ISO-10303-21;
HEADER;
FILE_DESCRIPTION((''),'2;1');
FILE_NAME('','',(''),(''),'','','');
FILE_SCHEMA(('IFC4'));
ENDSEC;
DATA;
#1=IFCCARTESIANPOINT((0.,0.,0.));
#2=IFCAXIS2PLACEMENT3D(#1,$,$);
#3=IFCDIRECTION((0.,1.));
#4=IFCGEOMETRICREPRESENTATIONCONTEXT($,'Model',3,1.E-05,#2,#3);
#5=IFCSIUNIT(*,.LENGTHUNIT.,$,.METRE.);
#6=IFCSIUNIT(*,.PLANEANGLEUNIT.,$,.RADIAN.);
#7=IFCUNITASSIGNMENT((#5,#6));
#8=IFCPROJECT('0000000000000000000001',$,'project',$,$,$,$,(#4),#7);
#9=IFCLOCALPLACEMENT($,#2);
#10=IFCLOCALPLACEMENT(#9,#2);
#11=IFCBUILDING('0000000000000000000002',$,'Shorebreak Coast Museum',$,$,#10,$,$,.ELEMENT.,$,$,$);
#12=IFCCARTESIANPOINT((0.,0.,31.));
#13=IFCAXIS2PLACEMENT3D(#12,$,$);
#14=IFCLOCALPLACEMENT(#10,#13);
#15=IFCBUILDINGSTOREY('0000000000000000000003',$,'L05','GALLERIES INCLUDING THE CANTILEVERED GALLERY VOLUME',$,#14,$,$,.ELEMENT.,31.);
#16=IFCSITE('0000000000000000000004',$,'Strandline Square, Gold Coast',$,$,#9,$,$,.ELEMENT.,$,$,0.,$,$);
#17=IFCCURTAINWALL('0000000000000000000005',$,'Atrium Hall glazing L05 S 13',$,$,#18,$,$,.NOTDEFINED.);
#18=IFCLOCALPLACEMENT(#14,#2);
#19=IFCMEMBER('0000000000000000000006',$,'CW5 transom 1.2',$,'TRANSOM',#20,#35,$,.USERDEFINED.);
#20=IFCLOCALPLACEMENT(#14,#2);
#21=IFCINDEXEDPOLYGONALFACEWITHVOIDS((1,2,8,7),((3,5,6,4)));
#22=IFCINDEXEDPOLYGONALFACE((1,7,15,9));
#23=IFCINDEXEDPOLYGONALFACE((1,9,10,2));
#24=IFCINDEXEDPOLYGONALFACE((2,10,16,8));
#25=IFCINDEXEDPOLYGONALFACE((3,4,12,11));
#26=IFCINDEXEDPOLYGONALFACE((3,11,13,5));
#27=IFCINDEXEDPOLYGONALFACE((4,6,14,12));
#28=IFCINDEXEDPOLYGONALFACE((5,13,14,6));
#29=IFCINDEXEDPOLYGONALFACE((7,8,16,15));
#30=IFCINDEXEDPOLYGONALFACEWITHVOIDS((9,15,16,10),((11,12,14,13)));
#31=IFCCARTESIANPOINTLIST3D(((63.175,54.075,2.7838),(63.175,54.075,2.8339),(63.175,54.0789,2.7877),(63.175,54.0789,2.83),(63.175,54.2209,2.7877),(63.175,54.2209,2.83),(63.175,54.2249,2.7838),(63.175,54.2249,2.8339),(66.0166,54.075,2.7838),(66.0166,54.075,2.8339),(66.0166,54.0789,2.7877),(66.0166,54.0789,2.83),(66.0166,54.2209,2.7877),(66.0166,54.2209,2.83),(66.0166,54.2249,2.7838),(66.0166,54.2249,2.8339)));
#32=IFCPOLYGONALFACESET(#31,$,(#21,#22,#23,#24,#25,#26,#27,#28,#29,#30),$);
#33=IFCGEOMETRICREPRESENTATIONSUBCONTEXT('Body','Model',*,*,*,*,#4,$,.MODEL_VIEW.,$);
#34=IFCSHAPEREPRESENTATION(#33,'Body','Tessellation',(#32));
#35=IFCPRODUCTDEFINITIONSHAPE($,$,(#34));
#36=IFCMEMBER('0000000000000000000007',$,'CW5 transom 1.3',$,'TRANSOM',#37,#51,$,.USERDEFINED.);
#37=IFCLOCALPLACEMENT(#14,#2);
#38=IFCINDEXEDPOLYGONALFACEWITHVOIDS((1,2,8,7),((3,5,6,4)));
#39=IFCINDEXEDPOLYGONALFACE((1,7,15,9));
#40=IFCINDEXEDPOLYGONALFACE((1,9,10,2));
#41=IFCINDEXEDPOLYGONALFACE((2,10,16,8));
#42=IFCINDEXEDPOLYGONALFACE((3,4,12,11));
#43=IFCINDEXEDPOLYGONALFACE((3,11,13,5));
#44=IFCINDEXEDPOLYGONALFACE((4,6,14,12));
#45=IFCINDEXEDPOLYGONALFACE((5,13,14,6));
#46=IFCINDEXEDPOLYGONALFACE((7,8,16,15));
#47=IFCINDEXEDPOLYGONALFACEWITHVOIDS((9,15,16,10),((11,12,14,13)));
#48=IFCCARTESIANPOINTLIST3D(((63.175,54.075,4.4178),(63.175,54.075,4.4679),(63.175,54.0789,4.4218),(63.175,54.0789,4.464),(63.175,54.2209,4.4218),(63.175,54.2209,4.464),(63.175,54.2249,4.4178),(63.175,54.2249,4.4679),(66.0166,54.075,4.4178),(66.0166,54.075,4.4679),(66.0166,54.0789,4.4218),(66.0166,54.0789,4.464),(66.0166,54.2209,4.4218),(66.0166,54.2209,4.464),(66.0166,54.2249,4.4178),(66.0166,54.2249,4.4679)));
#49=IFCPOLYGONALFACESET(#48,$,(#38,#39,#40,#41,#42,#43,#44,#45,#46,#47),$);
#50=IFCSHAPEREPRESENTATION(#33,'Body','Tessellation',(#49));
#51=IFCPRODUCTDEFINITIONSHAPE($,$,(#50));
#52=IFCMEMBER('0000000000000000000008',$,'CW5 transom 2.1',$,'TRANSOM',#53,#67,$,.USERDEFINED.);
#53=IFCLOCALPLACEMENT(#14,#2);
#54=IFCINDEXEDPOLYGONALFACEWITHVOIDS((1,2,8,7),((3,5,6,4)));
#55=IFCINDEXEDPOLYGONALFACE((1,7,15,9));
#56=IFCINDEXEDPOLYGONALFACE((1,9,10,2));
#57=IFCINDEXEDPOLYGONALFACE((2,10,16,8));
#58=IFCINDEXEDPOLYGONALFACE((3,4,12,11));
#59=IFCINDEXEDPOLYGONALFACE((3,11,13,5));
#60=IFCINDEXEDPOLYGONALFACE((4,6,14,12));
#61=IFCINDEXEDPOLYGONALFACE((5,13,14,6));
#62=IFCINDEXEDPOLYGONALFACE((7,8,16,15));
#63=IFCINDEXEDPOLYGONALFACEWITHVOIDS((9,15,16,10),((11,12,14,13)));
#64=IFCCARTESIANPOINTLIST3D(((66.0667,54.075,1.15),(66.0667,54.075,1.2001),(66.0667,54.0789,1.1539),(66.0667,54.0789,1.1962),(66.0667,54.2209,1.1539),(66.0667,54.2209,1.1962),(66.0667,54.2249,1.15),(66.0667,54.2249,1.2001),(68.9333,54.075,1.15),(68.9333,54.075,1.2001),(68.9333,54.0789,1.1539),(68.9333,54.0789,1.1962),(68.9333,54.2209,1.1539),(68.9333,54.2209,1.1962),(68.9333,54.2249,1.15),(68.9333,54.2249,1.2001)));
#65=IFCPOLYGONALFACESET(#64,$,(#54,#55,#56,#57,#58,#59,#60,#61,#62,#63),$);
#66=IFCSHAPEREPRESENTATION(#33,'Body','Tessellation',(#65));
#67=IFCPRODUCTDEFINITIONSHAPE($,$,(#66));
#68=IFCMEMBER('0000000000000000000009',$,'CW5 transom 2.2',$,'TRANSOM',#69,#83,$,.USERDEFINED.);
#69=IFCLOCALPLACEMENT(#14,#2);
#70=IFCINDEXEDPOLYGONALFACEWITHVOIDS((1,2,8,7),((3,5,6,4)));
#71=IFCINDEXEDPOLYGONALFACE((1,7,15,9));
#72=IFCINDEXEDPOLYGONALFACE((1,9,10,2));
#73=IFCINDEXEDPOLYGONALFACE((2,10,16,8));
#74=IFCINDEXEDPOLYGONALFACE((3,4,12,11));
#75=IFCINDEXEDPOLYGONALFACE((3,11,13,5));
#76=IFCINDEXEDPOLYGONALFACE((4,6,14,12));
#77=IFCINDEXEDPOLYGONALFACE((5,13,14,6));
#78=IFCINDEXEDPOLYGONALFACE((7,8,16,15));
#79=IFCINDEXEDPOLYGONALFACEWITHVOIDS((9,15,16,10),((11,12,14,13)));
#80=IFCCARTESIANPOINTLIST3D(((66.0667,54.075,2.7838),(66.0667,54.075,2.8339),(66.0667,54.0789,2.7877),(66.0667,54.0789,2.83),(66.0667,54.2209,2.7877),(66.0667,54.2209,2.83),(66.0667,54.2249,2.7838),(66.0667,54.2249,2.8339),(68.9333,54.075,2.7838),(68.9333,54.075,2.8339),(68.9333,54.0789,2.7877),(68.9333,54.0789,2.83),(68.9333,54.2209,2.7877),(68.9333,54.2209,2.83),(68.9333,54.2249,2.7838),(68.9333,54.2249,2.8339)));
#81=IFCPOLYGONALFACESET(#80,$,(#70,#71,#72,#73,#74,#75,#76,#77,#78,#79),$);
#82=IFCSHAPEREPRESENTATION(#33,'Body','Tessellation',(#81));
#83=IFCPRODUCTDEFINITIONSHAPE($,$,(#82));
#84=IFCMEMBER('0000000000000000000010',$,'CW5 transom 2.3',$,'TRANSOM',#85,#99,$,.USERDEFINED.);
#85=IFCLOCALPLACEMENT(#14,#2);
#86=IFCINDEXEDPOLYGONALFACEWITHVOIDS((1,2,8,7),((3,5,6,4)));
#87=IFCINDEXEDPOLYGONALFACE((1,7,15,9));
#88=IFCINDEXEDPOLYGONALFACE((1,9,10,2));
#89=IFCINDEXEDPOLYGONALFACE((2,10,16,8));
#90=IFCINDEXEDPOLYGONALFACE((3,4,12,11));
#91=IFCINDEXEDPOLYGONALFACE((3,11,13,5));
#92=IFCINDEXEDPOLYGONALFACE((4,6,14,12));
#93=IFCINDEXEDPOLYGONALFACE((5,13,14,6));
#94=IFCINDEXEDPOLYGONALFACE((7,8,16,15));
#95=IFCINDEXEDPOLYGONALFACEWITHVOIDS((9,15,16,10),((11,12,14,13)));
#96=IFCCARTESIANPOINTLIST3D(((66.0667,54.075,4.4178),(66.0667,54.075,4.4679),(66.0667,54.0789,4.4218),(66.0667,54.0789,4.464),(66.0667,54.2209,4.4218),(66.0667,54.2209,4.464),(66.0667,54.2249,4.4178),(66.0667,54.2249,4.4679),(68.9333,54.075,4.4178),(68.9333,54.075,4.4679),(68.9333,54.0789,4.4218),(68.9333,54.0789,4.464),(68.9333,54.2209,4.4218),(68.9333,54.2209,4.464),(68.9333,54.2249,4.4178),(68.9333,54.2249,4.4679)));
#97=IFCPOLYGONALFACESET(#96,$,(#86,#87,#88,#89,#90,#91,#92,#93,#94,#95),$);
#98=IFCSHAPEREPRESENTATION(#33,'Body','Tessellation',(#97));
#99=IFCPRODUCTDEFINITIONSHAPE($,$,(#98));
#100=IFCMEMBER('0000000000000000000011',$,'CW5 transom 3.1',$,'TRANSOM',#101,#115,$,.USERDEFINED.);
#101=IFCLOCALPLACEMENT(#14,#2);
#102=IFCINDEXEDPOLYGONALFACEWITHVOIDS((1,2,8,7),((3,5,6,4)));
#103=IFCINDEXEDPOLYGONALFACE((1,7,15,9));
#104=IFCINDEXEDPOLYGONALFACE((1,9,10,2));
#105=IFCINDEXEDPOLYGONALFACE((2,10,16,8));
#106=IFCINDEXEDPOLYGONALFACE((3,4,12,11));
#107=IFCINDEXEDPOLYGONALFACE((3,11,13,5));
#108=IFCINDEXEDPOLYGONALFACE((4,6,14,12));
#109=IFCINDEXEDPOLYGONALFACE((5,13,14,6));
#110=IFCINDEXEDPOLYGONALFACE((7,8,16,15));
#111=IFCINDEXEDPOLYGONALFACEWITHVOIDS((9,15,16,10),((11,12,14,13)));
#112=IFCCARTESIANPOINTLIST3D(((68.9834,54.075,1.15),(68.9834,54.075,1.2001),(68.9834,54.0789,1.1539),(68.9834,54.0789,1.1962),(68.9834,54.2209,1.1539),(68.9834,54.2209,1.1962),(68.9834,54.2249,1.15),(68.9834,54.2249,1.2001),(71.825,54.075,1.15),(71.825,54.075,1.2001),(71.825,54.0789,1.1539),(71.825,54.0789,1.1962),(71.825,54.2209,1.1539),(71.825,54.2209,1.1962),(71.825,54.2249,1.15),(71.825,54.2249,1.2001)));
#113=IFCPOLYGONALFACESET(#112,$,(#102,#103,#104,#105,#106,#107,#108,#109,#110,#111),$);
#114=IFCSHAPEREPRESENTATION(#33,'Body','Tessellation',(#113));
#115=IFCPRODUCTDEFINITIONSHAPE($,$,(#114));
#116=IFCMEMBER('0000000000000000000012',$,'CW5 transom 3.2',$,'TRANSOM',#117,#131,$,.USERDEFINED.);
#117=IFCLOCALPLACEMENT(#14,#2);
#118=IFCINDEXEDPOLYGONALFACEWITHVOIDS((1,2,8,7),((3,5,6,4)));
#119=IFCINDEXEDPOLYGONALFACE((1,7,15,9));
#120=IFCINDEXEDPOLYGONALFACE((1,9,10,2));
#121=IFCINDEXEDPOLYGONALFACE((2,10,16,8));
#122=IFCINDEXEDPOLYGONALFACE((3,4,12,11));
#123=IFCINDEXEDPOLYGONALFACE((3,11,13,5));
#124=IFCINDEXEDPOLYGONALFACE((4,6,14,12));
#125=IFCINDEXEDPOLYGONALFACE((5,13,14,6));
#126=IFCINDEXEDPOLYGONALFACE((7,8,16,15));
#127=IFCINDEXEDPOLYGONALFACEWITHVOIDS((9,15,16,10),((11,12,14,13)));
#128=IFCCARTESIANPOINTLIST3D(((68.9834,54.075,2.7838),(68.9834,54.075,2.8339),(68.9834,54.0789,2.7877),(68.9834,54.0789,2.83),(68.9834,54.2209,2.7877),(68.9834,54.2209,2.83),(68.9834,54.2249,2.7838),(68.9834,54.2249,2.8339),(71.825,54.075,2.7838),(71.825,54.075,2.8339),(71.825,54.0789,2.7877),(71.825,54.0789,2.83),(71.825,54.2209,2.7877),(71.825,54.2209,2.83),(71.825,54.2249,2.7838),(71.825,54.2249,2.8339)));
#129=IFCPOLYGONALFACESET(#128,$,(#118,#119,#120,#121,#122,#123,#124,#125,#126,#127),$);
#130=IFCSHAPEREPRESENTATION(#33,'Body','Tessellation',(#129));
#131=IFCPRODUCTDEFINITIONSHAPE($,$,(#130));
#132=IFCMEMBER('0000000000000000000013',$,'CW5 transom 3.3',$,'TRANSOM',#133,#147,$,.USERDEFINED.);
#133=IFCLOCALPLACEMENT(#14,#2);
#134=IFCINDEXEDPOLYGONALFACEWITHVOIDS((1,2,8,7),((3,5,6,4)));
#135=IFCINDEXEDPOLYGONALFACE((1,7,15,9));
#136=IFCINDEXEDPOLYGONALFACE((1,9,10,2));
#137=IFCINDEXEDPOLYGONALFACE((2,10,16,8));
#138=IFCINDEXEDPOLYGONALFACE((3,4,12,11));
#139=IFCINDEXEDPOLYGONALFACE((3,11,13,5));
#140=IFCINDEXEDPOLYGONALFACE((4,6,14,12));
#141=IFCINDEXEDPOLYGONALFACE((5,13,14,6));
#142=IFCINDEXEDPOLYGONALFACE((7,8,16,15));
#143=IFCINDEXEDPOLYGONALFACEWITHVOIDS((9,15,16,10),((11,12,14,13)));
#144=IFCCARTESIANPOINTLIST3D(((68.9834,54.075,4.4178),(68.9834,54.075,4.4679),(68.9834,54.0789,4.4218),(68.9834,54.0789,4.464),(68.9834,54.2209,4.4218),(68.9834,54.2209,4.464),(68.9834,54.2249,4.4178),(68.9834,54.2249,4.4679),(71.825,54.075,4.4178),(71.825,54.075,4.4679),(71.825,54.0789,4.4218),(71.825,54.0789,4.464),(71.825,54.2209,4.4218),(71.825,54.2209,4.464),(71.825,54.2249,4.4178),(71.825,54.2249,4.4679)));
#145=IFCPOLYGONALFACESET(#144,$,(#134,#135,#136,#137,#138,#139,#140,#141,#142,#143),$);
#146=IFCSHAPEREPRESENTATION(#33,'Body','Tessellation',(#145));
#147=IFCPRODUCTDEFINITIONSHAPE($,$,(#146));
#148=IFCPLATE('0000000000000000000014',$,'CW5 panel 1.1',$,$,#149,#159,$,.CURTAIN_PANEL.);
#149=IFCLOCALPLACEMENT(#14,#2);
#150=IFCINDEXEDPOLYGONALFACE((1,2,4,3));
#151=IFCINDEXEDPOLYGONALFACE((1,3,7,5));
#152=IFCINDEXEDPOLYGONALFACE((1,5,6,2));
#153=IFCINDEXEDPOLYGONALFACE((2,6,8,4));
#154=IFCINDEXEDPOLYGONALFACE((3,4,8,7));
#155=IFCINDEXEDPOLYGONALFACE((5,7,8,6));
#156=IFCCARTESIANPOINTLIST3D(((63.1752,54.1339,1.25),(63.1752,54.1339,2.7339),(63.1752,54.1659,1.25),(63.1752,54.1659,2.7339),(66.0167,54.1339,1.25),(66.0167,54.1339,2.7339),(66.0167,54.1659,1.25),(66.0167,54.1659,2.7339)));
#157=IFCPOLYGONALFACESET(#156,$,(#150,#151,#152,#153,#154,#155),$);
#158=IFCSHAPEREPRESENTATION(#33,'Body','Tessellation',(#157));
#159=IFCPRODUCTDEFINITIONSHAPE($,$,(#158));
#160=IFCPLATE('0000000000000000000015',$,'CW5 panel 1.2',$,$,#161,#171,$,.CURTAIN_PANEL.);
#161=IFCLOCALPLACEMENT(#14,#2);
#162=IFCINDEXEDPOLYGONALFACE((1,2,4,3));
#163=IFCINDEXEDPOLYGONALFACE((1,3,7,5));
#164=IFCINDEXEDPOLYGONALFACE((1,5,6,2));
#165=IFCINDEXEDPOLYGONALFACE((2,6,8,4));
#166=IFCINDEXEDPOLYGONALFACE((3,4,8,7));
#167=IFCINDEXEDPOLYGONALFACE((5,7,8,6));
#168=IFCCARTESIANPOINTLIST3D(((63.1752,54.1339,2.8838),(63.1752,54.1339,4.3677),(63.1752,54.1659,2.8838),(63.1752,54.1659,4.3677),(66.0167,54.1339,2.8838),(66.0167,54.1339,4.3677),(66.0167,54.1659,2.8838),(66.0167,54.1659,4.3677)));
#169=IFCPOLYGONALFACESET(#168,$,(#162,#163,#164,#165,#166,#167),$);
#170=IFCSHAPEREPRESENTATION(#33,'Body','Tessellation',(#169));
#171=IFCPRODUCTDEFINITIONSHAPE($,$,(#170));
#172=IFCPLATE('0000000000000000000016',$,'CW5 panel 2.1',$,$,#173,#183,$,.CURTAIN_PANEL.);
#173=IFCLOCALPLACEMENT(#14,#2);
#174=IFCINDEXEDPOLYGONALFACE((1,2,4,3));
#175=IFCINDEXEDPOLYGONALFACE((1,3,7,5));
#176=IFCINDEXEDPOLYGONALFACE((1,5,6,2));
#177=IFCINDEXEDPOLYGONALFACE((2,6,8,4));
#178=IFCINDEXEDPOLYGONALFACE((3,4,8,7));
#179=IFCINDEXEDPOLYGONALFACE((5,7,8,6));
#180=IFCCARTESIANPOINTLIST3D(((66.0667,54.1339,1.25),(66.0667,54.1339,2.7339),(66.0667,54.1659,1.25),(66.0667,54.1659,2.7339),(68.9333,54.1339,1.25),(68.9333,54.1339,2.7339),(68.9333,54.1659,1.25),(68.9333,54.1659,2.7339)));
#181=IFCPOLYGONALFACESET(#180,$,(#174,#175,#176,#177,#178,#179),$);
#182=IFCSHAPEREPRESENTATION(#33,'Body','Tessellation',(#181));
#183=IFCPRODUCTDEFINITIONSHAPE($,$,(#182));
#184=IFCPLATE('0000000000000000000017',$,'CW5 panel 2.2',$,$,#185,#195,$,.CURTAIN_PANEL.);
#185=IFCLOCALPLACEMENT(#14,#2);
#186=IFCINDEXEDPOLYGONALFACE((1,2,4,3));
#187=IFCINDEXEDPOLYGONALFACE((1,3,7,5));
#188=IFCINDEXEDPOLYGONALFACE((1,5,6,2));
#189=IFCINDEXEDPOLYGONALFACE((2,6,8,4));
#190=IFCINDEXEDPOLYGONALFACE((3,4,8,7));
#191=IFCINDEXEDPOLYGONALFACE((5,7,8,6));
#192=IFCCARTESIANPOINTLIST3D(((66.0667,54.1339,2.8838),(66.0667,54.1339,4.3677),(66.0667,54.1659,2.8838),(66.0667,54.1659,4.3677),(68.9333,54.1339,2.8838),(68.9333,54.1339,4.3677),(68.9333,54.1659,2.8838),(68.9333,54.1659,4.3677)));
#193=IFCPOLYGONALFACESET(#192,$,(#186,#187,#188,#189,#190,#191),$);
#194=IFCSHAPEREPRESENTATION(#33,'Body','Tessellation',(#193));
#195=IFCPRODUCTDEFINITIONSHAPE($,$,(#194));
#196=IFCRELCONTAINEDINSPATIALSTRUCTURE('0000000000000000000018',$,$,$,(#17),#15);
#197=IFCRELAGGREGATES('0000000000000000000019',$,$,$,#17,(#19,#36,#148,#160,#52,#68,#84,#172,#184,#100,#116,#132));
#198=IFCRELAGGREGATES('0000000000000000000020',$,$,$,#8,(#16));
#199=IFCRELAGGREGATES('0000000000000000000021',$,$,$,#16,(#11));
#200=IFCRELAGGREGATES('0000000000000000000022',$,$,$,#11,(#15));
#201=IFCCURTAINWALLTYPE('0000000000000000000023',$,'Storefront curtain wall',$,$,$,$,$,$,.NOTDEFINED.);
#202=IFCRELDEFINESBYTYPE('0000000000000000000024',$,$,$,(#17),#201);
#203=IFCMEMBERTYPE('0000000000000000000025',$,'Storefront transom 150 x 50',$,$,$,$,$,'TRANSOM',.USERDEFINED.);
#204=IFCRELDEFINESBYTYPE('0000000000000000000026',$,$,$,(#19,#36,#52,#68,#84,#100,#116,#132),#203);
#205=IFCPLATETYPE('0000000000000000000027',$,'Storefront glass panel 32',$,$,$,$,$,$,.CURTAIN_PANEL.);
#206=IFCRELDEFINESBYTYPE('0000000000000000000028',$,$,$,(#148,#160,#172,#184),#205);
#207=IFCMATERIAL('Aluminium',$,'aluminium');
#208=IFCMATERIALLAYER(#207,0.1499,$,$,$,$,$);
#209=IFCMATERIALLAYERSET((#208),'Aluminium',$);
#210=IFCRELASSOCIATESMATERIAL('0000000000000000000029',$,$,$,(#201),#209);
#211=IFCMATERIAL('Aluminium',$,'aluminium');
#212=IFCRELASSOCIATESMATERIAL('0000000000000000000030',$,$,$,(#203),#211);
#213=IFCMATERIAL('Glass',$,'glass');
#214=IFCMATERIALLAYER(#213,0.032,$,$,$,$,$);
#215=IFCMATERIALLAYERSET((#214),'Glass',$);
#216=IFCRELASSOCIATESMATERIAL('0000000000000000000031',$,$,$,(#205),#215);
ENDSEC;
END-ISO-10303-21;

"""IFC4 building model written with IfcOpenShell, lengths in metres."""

from ifc_helpers import new_model, si_unit, direction, frame, origin, origin_2d, place, context, subcontext, project, spatial, rectangle, hollow_rectangle, extrude, material, layer, layer_set, material_profile, profile_set, type_object, element, aggregate, save


model = new_model("IFC4")

# Units and contexts
model_context = context("Model", 3, precision=1e-05, world=origin(), true_north=direction((0.0, 1.0)))
body_context = subcontext(model_context, "Body", "Model", "MODEL_VIEW")
ifc_project = project(units=[si_unit("LENGTHUNIT", "METRE"), si_unit("PLANEANGLEUNIT", "RADIAN")], contexts=[model_context])

# Site, building, storey
site_placement = place(None, origin())
site = spatial("IfcSite", under=ifc_project, at=site_placement, Name="Strandline Square, Gold Coast", CompositionType="ELEMENT", RefElevation=0.0)
building_placement = place(site_placement, origin())
building = spatial("IfcBuilding", under=site, at=building_placement, Name="Shorebreak Coast Museum", CompositionType="ELEMENT")
storey_placement = place(building_placement, frame((0.0, 0.0, 31.0)))
storey = spatial("IfcBuildingStorey", under=building, at=storey_placement, Name="L05", Description="GALLERIES INCLUDING THE CANTILEVERED GALLERY VOLUME", CompositionType="ELEMENT", Elevation=31.0)

# Curtain wall, members, plates
ifc_material_1 = material(Name="Aluminium", Category="aluminium")
ifc_layer_1 = layer(ifc_material_1, 0.1499)
ifc_layer_set_1 = layer_set([ifc_layer_1], Name="Aluminium")
curtain_wall_type = type_object("IfcCurtainWallType", Name="Storefront curtain wall", PredefinedType="NOTDEFINED", material=ifc_layer_set_1)
curtain_wall_placement = place(storey_placement, origin())
curtain_wall = element("IfcCurtainWall", 1, at=curtain_wall_placement, inside=storey, type_object=curtain_wall_type, Name="Atrium Hall glazing L05 S 13", PredefinedType="NOTDEFINED")
ifc_material_2 = material(Name="Aluminium", Category="aluminium")
ifc_material_profile_1 = material_profile(ifc_material_2, hollow_rectangle(XDim=0.1499, YDim=0.05, WallThickness=0.0039, at=origin_2d()), Name="AL 50x150 RHS")
ifc_profile_set_1 = profile_set([ifc_material_profile_1], Name="Aluminium")
member_type_1 = type_object("IfcMemberType", Name="Storefront transom 150 x 50", ElementType="TRANSOM", PredefinedType="USERDEFINED", material=ifc_profile_set_1)
member_1_placement = place(storey_placement, frame((63.175, 54.1499, 2.8088), z_axis=(1.0, 0.0, 0.0), x_axis=(0.0, 1.0, 0.0)))
member_1 = element("IfcMember", 2, at=member_1_placement, type_object=member_type_1, Name="CW5 transom 1.2", ObjectType="TRANSOM", PredefinedType="USERDEFINED", context=body_context, shape_type="SweptSolid", body=[
    extrude(hollow_rectangle(XDim=0.1499, YDim=0.05, WallThickness=0.0039, at=origin_2d()), origin(), (0.0, 0.0, 1.0), 2.8416),
])
member_2_placement = place(storey_placement, frame((63.175, 54.1499, 4.4429), z_axis=(1.0, 0.0, 0.0), x_axis=(0.0, 1.0, 0.0)))
member_2 = element("IfcMember", 3, at=member_2_placement, type_object=member_type_1, Name="CW5 transom 1.3", ObjectType="TRANSOM", PredefinedType="USERDEFINED", context=body_context, shape_type="SweptSolid", body=[
    extrude(hollow_rectangle(XDim=0.1499, YDim=0.05, WallThickness=0.0039, at=origin_2d()), origin(), (0.0, 0.0, 1.0), 2.8416),
])
member_3_placement = place(storey_placement, frame((66.0667, 54.1499, 1.175), z_axis=(1.0, 0.0, 0.0), x_axis=(0.0, 1.0, 0.0)))
member_3 = element("IfcMember", 4, at=member_3_placement, type_object=member_type_1, Name="CW5 transom 2.1", ObjectType="TRANSOM", PredefinedType="USERDEFINED", context=body_context, shape_type="SweptSolid", body=[
    extrude(hollow_rectangle(XDim=0.1499, YDim=0.05, WallThickness=0.0039, at=origin_2d()), origin(), (0.0, 0.0, 1.0), 2.8667),
])
member_4_placement = place(storey_placement, frame((66.0667, 54.1499, 2.8088), z_axis=(1.0, 0.0, 0.0), x_axis=(0.0, 1.0, 0.0)))
member_4 = element("IfcMember", 5, at=member_4_placement, type_object=member_type_1, Name="CW5 transom 2.2", ObjectType="TRANSOM", PredefinedType="USERDEFINED", context=body_context, shape_type="SweptSolid", body=[
    extrude(hollow_rectangle(XDim=0.1499, YDim=0.05, WallThickness=0.0039, at=origin_2d()), origin(), (0.0, 0.0, 1.0), 2.8667),
])
member_5_placement = place(storey_placement, frame((66.0667, 54.1499, 4.4429), z_axis=(1.0, 0.0, 0.0), x_axis=(0.0, 1.0, 0.0)))
member_5 = element("IfcMember", 6, at=member_5_placement, type_object=member_type_1, Name="CW5 transom 2.3", ObjectType="TRANSOM", PredefinedType="USERDEFINED", context=body_context, shape_type="SweptSolid", body=[
    extrude(hollow_rectangle(XDim=0.1499, YDim=0.05, WallThickness=0.0039, at=origin_2d()), origin(), (0.0, 0.0, 1.0), 2.8667),
])
member_6_placement = place(storey_placement, frame((68.9834, 54.1499, 1.175), z_axis=(1.0, 0.0, 0.0), x_axis=(0.0, 1.0, 0.0)))
member_6 = element("IfcMember", 7, at=member_6_placement, type_object=member_type_1, Name="CW5 transom 3.1", ObjectType="TRANSOM", PredefinedType="USERDEFINED", context=body_context, shape_type="SweptSolid", body=[
    extrude(hollow_rectangle(XDim=0.1499, YDim=0.05, WallThickness=0.0039, at=origin_2d()), origin(), (0.0, 0.0, 1.0), 2.8416),
])
member_7_placement = place(storey_placement, frame((68.9834, 54.1499, 2.8088), z_axis=(1.0, 0.0, 0.0), x_axis=(0.0, 1.0, 0.0)))
member_7 = element("IfcMember", 8, at=member_7_placement, type_object=member_type_1, Name="CW5 transom 3.2", ObjectType="TRANSOM", PredefinedType="USERDEFINED", context=body_context, shape_type="SweptSolid", body=[
    extrude(hollow_rectangle(XDim=0.1499, YDim=0.05, WallThickness=0.0039, at=origin_2d()), origin(), (0.0, 0.0, 1.0), 2.8416),
])
member_8_placement = place(storey_placement, frame((68.9834, 54.1499, 4.4429), z_axis=(1.0, 0.0, 0.0), x_axis=(0.0, 1.0, 0.0)))
member_8 = element("IfcMember", 9, at=member_8_placement, type_object=member_type_1, Name="CW5 transom 3.3", ObjectType="TRANSOM", PredefinedType="USERDEFINED", context=body_context, shape_type="SweptSolid", body=[
    extrude(hollow_rectangle(XDim=0.1499, YDim=0.05, WallThickness=0.0039, at=origin_2d()), origin(), (0.0, 0.0, 1.0), 2.8416),
])
ifc_material_3 = material(Name="Glass", Category="glass")
ifc_layer_2 = layer(ifc_material_3, 0.032)
ifc_layer_set_2 = layer_set([ifc_layer_2], Name="Glass")
plate_type = type_object("IfcPlateType", Name="Storefront glass panel 32", PredefinedType="CURTAIN_PANEL", material=ifc_layer_set_2)
plate_1_placement = place(storey_placement, frame((64.5959, 54.1499, 1.25), z_axis=(0.0, 0.0, 1.0), x_axis=(1.0, 0.0, 0.0)))
plate_1 = element("IfcPlate", 10, at=plate_1_placement, type_object=plate_type, Name="CW5 panel 1.1", PredefinedType="CURTAIN_PANEL", context=body_context, shape_type="SweptSolid", body=[
    extrude(rectangle(XDim=2.8416, YDim=0.032, at=origin_2d()), origin(), (0.0, 0.0, 1.0), 1.4839),
])
plate_2_placement = place(storey_placement, frame((64.5959, 54.1499, 2.8838), z_axis=(0.0, 0.0, 1.0), x_axis=(1.0, 0.0, 0.0)))
plate_2 = element("IfcPlate", 11, at=plate_2_placement, type_object=plate_type, Name="CW5 panel 1.2", PredefinedType="CURTAIN_PANEL", context=body_context, shape_type="SweptSolid", body=[
    extrude(rectangle(XDim=2.8416, YDim=0.032, at=origin_2d()), origin(), (0.0, 0.0, 1.0), 1.4839),
])
plate_3_placement = place(storey_placement, frame((67.5, 54.1499, 1.25), z_axis=(0.0, 0.0, 1.0), x_axis=(1.0, 0.0, 0.0)))
plate_3 = element("IfcPlate", 12, at=plate_3_placement, type_object=plate_type, Name="CW5 panel 2.1", PredefinedType="CURTAIN_PANEL", context=body_context, shape_type="SweptSolid", body=[
    extrude(rectangle(XDim=2.8667, YDim=0.032, at=origin_2d()), origin(), (0.0, 0.0, 1.0), 1.4839),
])
plate_4_placement = place(storey_placement, frame((67.5, 54.1499, 2.8838), z_axis=(0.0, 0.0, 1.0), x_axis=(1.0, 0.0, 0.0)))
plate_4 = element("IfcPlate", 13, at=plate_4_placement, type_object=plate_type, Name="CW5 panel 2.2", PredefinedType="CURTAIN_PANEL", context=body_context, shape_type="SweptSolid", body=[
    extrude(rectangle(XDim=2.8667, YDim=0.032, at=origin_2d()), origin(), (0.0, 0.0, 1.0), 1.4839),
])
aggregate(curtain_wall, [member_1, member_2, plate_1, plate_2, member_3, member_4, member_5, plate_3, plate_4, member_6, member_7, member_8])

save(model, "model.ifc")
